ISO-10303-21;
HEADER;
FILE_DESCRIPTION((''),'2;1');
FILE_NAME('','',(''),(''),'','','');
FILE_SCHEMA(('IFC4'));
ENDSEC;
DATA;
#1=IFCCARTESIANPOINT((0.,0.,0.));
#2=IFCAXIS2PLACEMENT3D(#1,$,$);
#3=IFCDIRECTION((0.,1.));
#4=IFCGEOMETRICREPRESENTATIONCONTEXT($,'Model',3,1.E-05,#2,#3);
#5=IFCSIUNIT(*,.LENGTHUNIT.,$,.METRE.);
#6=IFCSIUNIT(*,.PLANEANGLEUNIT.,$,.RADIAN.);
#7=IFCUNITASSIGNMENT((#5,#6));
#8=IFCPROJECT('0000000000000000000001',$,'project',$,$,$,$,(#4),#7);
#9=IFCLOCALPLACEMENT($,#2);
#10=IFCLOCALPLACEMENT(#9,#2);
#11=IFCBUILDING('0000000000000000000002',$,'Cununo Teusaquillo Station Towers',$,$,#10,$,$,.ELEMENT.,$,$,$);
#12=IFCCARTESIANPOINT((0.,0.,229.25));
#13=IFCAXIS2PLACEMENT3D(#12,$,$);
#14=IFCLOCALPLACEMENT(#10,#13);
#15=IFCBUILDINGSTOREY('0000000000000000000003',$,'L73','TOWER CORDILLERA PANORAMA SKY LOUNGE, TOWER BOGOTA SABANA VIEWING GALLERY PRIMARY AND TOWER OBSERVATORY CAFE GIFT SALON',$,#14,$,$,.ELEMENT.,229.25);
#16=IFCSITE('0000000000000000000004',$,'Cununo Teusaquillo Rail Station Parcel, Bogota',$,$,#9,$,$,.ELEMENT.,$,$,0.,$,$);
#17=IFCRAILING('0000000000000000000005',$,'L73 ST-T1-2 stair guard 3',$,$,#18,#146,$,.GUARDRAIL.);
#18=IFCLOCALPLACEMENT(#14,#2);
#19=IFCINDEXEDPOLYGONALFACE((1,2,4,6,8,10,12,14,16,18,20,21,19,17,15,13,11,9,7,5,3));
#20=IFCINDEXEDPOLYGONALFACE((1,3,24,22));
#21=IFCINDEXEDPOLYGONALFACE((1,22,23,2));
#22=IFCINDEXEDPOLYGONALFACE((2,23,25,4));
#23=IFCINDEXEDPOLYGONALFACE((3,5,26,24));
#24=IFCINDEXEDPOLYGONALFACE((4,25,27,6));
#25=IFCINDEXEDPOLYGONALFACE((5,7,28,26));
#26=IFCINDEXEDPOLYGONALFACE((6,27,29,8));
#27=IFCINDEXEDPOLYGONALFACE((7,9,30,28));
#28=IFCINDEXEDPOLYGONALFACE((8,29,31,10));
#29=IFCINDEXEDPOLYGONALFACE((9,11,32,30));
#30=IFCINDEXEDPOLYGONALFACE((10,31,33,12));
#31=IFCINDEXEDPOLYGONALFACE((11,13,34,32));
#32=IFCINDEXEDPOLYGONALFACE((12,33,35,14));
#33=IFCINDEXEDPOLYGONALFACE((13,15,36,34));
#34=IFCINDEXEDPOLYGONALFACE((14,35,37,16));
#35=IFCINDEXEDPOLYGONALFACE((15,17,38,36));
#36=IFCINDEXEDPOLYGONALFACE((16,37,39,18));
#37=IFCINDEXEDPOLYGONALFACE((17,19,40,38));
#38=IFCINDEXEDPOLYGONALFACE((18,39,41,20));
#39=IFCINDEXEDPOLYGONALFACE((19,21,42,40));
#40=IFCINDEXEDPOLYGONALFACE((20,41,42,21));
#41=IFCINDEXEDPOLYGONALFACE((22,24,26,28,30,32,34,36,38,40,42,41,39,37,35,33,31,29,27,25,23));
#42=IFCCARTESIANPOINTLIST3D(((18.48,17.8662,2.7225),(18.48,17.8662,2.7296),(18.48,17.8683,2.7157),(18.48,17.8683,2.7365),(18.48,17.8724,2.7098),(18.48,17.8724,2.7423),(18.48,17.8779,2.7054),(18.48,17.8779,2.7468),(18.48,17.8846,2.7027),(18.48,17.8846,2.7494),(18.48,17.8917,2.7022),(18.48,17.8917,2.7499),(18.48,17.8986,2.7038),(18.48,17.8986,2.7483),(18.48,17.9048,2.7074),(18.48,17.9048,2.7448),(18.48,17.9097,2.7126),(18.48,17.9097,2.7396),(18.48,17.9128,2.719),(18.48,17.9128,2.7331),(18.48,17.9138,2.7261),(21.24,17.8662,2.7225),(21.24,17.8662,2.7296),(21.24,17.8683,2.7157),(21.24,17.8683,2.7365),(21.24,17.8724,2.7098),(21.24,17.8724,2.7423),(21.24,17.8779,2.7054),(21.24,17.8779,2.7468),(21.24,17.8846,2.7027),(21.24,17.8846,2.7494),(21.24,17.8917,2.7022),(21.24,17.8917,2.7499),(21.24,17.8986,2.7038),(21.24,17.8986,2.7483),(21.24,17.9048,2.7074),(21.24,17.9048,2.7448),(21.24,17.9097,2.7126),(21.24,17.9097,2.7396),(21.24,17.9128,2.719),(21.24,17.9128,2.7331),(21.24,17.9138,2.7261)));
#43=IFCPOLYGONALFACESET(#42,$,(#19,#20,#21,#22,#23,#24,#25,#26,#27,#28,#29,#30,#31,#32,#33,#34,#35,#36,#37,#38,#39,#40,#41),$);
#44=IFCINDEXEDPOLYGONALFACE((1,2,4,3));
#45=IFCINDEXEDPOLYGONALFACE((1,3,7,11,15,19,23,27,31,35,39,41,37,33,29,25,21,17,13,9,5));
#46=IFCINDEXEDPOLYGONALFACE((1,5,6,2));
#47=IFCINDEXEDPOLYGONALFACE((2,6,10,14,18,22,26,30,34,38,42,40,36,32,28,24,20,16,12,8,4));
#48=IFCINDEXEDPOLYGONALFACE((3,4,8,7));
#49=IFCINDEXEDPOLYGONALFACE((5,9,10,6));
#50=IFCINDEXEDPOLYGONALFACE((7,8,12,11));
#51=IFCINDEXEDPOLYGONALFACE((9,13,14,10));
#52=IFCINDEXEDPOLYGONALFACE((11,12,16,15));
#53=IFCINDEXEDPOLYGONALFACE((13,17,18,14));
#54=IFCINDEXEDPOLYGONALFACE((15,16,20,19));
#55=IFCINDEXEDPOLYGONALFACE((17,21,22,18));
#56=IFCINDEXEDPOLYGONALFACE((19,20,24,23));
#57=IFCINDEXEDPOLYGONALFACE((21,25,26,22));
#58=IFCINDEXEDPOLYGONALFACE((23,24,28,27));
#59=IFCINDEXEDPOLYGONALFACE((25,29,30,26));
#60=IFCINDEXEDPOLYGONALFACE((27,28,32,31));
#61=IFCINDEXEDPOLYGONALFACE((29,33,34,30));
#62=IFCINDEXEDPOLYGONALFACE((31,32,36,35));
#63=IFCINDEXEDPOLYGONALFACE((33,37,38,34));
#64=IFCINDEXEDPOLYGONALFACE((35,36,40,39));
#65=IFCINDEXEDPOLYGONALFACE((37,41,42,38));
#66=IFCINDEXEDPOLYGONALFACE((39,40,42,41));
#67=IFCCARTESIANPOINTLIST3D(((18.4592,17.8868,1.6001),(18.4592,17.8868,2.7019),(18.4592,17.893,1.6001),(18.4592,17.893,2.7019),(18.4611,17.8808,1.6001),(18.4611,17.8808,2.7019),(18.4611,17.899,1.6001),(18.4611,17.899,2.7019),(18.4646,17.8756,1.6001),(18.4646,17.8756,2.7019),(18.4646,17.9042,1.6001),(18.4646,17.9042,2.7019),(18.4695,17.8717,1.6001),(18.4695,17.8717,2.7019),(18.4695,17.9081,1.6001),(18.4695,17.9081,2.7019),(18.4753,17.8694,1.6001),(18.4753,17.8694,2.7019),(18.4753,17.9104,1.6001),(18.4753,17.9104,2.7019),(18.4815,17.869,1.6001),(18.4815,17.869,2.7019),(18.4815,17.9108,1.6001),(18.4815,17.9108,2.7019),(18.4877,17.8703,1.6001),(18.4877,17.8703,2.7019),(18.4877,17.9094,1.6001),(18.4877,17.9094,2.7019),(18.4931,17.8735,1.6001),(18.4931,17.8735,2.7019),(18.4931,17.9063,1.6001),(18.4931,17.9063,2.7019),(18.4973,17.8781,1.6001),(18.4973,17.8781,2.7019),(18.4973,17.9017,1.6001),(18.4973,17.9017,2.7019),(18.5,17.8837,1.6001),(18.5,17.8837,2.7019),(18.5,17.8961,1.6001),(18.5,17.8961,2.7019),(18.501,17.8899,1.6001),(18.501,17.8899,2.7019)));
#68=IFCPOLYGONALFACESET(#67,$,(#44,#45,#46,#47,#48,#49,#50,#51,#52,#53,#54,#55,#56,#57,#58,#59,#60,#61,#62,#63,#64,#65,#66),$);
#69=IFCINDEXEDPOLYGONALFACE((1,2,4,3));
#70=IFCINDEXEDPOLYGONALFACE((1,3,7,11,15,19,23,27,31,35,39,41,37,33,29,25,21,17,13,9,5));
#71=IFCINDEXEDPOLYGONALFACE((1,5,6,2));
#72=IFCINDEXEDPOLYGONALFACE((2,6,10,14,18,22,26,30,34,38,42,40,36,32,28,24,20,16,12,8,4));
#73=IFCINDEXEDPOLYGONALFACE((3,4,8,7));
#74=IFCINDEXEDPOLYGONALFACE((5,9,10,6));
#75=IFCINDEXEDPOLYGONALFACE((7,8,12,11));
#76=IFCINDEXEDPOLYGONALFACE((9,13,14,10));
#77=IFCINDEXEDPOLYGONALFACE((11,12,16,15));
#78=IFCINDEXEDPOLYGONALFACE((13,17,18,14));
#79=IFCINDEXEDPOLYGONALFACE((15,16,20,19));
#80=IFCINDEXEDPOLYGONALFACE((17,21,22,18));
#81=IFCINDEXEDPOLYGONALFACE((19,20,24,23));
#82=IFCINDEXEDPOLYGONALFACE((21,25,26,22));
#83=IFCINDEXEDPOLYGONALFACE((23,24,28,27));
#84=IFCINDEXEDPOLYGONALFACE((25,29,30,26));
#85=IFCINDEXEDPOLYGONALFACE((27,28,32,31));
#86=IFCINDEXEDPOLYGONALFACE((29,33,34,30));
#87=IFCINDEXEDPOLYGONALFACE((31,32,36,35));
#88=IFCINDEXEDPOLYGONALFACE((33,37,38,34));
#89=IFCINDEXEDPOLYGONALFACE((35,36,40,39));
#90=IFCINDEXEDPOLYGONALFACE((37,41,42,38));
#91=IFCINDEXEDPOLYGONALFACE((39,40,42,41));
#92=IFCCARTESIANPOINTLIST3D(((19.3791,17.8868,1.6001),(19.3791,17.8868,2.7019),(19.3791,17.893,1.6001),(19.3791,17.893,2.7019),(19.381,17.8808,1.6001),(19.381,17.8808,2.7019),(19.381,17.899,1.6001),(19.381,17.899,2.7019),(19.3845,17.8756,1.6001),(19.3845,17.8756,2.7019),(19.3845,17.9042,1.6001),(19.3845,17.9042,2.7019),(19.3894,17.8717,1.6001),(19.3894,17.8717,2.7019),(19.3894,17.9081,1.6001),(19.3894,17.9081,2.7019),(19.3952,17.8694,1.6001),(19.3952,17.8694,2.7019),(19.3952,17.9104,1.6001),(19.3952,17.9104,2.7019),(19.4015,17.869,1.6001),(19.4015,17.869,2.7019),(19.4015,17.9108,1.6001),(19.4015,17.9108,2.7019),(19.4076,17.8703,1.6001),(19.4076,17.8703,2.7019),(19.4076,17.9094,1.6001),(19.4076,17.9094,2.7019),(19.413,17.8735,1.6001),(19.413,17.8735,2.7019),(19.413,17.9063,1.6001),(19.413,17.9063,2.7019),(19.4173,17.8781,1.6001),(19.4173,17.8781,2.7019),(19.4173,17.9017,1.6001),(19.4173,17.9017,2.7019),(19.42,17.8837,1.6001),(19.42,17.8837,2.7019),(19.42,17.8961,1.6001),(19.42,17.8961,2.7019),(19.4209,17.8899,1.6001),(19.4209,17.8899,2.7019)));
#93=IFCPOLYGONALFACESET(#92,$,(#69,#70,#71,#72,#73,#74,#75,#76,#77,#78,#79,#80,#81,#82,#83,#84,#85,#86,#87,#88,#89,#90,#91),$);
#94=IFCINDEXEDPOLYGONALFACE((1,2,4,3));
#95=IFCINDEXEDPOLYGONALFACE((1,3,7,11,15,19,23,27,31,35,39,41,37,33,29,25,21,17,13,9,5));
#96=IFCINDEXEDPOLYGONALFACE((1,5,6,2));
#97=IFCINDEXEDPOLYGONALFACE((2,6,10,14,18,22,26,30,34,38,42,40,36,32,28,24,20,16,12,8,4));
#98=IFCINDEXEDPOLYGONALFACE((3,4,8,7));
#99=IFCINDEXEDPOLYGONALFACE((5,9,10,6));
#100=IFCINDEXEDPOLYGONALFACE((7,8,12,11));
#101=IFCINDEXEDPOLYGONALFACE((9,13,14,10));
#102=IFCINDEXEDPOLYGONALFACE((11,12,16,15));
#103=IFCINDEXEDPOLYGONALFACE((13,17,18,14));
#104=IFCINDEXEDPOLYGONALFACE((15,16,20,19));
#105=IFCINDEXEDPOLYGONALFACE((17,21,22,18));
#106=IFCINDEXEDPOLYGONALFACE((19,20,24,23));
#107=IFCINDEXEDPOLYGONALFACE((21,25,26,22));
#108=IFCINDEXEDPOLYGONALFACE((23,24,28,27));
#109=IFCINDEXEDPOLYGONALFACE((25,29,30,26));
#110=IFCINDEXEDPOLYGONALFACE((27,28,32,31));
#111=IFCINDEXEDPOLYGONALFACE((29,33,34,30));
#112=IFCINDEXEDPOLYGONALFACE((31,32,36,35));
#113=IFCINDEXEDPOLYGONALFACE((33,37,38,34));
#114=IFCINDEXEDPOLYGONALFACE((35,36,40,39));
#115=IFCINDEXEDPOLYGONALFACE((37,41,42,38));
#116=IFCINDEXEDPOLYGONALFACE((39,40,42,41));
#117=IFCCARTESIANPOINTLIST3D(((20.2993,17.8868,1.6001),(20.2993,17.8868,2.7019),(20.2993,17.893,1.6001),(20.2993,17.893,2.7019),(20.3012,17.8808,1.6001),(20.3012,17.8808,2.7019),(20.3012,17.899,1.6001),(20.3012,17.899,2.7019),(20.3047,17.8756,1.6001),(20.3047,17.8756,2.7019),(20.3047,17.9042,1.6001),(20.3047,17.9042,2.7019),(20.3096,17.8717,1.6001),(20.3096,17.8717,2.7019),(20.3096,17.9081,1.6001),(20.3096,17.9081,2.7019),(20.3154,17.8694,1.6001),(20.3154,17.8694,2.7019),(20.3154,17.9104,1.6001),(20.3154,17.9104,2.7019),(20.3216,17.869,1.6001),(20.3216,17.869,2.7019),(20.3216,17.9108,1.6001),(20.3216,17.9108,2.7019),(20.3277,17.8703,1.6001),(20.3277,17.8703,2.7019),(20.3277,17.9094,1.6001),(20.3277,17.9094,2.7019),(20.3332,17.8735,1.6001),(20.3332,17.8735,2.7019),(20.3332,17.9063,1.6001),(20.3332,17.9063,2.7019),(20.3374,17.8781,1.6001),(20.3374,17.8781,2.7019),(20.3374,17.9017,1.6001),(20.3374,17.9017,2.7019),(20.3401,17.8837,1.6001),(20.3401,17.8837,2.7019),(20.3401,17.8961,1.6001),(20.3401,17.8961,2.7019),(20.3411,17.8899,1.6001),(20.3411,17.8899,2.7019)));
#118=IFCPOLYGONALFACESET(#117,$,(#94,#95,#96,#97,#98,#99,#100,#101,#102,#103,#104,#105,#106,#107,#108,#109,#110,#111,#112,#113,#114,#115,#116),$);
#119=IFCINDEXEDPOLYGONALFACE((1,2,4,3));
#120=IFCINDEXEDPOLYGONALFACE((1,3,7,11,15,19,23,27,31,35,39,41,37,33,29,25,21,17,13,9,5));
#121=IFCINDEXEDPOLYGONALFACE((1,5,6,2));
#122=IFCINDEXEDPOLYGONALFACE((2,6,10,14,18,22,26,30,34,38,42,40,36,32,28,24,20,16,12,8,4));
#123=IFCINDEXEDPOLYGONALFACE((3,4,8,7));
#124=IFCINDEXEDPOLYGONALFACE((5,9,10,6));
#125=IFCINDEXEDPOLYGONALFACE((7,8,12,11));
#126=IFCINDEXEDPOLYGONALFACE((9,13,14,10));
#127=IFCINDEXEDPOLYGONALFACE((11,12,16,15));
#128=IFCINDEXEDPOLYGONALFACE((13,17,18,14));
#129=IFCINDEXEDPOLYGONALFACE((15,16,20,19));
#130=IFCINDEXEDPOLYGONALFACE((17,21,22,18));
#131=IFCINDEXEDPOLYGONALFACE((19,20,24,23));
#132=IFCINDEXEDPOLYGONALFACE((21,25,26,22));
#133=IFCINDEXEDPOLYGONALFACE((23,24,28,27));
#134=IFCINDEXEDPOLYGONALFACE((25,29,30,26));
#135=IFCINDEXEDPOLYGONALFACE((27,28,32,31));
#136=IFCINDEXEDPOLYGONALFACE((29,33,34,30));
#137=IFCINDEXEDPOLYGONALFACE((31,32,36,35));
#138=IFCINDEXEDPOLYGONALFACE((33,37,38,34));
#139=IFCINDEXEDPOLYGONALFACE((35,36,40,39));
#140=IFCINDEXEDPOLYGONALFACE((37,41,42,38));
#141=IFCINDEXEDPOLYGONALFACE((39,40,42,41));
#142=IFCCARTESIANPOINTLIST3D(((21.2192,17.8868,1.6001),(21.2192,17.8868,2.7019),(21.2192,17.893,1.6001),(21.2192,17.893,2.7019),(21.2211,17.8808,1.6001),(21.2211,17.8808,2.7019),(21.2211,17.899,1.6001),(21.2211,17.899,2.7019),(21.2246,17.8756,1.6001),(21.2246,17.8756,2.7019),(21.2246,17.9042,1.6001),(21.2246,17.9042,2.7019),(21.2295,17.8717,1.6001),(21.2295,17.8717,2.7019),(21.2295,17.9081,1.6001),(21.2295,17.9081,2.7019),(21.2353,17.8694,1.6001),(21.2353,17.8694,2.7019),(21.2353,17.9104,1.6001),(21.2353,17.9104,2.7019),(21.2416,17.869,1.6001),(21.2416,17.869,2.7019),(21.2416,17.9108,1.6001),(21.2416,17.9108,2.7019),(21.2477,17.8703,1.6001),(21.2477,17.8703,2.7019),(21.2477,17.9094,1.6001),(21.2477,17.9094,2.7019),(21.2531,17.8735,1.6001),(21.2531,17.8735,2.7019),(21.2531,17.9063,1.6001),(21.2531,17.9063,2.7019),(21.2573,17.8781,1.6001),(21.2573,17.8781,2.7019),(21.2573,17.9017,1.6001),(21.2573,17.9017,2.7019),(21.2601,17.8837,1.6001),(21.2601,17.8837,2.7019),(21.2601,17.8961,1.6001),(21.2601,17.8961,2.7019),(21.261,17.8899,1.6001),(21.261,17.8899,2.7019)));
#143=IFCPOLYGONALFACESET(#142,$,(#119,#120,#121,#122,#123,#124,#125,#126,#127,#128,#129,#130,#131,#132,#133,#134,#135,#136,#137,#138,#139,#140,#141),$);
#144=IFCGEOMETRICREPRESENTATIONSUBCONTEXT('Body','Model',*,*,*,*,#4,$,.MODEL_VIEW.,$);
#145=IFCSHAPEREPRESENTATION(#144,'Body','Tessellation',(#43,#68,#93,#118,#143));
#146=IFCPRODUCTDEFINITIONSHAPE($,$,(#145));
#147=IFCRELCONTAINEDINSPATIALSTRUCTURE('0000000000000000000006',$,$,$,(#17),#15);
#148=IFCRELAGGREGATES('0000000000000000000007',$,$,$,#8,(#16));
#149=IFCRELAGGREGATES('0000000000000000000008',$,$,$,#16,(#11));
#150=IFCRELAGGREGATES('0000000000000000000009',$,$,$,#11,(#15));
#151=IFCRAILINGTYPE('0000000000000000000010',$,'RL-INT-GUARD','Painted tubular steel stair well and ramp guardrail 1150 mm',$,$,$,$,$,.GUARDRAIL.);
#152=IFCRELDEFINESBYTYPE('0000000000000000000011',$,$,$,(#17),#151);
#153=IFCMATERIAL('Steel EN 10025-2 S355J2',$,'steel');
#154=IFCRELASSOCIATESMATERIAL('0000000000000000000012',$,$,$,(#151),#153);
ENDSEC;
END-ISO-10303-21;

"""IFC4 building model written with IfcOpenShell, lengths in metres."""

from ifc_helpers import new_model, si_unit, direction, frame, origin, origin_2d, place, context, subcontext, project, spatial, circle, extrude, material, type_object, element, save


model = new_model("IFC4")

# Units and contexts
model_context = context("Model", 3, precision=1e-05, world=origin(), true_north=direction((0.0, 1.0)))
body_context = subcontext(model_context, "Body", "Model", "MODEL_VIEW")
ifc_project = project(units=[si_unit("LENGTHUNIT", "METRE"), si_unit("PLANEANGLEUNIT", "RADIAN")], contexts=[model_context])

# Site, building, storey
site_placement = place(None, origin())
site = spatial("IfcSite", under=ifc_project, at=site_placement, Name="Cununo Teusaquillo Rail Station Parcel, Bogota", CompositionType="ELEMENT", RefElevation=0.0)
building_placement = place(site_placement, origin())
building = spatial("IfcBuilding", under=site, at=building_placement, Name="Cununo Teusaquillo Station Towers", CompositionType="ELEMENT")
storey_placement = place(building_placement, frame((0.0, 0.0, 229.25)))
storey = spatial("IfcBuildingStorey", under=building, at=storey_placement, Name="L73", Description="TOWER CORDILLERA PANORAMA SKY LOUNGE, TOWER BOGOTA SABANA VIEWING GALLERY PRIMARY AND TOWER OBSERVATORY CAFE GIFT SALON", CompositionType="ELEMENT", Elevation=229.25)

# Railing
ifc_material_1 = material(Name="Steel EN 10025-2 S355J2", Category="steel")
railing_type_1 = type_object("IfcRailingType", Name="RL-INT-GUARD", Description="Painted tubular steel stair well and ramp guardrail 1150 mm", PredefinedType="GUARDRAIL", material=ifc_material_1)
railing_1_placement = place(storey_placement, frame((18.48, 17.8899, 1.6001)))
element("IfcRailing", 1, at=railing_1_placement, inside=storey, type_object=railing_type_1, Name="L73 ST-T1-2 stair guard 3", PredefinedType="GUARDRAIL", context=body_context, shape_type="SweptSolid", body=[
    extrude(circle(Radius=0.0239, at=origin_2d()), frame((0.0, 0.0, 1.126), z_axis=(1.0, 0.0, 0.0), x_axis=(0.0, 1.0, 0.0)), (0.0, 0.0, 1.0), 2.76),
    extrude(circle(Radius=0.021, at=origin_2d()), origin(), (0.0, 0.0, 1.0), 1.1018),
    extrude(circle(Radius=0.021, at=origin_2d()), frame((0.9199, 0.0, 0.0)), (0.0, 0.0, 1.0), 1.1018),
    extrude(circle(Radius=0.021, at=origin_2d()), frame((1.8401, 0.0, 0.0)), (0.0, 0.0, 1.0), 1.1018),
    extrude(circle(Radius=0.021, at=origin_2d()), frame((2.76, 0.0, 0.0)), (0.0, 0.0, 1.0), 1.1018),
])

save(model, "model.ifc")
